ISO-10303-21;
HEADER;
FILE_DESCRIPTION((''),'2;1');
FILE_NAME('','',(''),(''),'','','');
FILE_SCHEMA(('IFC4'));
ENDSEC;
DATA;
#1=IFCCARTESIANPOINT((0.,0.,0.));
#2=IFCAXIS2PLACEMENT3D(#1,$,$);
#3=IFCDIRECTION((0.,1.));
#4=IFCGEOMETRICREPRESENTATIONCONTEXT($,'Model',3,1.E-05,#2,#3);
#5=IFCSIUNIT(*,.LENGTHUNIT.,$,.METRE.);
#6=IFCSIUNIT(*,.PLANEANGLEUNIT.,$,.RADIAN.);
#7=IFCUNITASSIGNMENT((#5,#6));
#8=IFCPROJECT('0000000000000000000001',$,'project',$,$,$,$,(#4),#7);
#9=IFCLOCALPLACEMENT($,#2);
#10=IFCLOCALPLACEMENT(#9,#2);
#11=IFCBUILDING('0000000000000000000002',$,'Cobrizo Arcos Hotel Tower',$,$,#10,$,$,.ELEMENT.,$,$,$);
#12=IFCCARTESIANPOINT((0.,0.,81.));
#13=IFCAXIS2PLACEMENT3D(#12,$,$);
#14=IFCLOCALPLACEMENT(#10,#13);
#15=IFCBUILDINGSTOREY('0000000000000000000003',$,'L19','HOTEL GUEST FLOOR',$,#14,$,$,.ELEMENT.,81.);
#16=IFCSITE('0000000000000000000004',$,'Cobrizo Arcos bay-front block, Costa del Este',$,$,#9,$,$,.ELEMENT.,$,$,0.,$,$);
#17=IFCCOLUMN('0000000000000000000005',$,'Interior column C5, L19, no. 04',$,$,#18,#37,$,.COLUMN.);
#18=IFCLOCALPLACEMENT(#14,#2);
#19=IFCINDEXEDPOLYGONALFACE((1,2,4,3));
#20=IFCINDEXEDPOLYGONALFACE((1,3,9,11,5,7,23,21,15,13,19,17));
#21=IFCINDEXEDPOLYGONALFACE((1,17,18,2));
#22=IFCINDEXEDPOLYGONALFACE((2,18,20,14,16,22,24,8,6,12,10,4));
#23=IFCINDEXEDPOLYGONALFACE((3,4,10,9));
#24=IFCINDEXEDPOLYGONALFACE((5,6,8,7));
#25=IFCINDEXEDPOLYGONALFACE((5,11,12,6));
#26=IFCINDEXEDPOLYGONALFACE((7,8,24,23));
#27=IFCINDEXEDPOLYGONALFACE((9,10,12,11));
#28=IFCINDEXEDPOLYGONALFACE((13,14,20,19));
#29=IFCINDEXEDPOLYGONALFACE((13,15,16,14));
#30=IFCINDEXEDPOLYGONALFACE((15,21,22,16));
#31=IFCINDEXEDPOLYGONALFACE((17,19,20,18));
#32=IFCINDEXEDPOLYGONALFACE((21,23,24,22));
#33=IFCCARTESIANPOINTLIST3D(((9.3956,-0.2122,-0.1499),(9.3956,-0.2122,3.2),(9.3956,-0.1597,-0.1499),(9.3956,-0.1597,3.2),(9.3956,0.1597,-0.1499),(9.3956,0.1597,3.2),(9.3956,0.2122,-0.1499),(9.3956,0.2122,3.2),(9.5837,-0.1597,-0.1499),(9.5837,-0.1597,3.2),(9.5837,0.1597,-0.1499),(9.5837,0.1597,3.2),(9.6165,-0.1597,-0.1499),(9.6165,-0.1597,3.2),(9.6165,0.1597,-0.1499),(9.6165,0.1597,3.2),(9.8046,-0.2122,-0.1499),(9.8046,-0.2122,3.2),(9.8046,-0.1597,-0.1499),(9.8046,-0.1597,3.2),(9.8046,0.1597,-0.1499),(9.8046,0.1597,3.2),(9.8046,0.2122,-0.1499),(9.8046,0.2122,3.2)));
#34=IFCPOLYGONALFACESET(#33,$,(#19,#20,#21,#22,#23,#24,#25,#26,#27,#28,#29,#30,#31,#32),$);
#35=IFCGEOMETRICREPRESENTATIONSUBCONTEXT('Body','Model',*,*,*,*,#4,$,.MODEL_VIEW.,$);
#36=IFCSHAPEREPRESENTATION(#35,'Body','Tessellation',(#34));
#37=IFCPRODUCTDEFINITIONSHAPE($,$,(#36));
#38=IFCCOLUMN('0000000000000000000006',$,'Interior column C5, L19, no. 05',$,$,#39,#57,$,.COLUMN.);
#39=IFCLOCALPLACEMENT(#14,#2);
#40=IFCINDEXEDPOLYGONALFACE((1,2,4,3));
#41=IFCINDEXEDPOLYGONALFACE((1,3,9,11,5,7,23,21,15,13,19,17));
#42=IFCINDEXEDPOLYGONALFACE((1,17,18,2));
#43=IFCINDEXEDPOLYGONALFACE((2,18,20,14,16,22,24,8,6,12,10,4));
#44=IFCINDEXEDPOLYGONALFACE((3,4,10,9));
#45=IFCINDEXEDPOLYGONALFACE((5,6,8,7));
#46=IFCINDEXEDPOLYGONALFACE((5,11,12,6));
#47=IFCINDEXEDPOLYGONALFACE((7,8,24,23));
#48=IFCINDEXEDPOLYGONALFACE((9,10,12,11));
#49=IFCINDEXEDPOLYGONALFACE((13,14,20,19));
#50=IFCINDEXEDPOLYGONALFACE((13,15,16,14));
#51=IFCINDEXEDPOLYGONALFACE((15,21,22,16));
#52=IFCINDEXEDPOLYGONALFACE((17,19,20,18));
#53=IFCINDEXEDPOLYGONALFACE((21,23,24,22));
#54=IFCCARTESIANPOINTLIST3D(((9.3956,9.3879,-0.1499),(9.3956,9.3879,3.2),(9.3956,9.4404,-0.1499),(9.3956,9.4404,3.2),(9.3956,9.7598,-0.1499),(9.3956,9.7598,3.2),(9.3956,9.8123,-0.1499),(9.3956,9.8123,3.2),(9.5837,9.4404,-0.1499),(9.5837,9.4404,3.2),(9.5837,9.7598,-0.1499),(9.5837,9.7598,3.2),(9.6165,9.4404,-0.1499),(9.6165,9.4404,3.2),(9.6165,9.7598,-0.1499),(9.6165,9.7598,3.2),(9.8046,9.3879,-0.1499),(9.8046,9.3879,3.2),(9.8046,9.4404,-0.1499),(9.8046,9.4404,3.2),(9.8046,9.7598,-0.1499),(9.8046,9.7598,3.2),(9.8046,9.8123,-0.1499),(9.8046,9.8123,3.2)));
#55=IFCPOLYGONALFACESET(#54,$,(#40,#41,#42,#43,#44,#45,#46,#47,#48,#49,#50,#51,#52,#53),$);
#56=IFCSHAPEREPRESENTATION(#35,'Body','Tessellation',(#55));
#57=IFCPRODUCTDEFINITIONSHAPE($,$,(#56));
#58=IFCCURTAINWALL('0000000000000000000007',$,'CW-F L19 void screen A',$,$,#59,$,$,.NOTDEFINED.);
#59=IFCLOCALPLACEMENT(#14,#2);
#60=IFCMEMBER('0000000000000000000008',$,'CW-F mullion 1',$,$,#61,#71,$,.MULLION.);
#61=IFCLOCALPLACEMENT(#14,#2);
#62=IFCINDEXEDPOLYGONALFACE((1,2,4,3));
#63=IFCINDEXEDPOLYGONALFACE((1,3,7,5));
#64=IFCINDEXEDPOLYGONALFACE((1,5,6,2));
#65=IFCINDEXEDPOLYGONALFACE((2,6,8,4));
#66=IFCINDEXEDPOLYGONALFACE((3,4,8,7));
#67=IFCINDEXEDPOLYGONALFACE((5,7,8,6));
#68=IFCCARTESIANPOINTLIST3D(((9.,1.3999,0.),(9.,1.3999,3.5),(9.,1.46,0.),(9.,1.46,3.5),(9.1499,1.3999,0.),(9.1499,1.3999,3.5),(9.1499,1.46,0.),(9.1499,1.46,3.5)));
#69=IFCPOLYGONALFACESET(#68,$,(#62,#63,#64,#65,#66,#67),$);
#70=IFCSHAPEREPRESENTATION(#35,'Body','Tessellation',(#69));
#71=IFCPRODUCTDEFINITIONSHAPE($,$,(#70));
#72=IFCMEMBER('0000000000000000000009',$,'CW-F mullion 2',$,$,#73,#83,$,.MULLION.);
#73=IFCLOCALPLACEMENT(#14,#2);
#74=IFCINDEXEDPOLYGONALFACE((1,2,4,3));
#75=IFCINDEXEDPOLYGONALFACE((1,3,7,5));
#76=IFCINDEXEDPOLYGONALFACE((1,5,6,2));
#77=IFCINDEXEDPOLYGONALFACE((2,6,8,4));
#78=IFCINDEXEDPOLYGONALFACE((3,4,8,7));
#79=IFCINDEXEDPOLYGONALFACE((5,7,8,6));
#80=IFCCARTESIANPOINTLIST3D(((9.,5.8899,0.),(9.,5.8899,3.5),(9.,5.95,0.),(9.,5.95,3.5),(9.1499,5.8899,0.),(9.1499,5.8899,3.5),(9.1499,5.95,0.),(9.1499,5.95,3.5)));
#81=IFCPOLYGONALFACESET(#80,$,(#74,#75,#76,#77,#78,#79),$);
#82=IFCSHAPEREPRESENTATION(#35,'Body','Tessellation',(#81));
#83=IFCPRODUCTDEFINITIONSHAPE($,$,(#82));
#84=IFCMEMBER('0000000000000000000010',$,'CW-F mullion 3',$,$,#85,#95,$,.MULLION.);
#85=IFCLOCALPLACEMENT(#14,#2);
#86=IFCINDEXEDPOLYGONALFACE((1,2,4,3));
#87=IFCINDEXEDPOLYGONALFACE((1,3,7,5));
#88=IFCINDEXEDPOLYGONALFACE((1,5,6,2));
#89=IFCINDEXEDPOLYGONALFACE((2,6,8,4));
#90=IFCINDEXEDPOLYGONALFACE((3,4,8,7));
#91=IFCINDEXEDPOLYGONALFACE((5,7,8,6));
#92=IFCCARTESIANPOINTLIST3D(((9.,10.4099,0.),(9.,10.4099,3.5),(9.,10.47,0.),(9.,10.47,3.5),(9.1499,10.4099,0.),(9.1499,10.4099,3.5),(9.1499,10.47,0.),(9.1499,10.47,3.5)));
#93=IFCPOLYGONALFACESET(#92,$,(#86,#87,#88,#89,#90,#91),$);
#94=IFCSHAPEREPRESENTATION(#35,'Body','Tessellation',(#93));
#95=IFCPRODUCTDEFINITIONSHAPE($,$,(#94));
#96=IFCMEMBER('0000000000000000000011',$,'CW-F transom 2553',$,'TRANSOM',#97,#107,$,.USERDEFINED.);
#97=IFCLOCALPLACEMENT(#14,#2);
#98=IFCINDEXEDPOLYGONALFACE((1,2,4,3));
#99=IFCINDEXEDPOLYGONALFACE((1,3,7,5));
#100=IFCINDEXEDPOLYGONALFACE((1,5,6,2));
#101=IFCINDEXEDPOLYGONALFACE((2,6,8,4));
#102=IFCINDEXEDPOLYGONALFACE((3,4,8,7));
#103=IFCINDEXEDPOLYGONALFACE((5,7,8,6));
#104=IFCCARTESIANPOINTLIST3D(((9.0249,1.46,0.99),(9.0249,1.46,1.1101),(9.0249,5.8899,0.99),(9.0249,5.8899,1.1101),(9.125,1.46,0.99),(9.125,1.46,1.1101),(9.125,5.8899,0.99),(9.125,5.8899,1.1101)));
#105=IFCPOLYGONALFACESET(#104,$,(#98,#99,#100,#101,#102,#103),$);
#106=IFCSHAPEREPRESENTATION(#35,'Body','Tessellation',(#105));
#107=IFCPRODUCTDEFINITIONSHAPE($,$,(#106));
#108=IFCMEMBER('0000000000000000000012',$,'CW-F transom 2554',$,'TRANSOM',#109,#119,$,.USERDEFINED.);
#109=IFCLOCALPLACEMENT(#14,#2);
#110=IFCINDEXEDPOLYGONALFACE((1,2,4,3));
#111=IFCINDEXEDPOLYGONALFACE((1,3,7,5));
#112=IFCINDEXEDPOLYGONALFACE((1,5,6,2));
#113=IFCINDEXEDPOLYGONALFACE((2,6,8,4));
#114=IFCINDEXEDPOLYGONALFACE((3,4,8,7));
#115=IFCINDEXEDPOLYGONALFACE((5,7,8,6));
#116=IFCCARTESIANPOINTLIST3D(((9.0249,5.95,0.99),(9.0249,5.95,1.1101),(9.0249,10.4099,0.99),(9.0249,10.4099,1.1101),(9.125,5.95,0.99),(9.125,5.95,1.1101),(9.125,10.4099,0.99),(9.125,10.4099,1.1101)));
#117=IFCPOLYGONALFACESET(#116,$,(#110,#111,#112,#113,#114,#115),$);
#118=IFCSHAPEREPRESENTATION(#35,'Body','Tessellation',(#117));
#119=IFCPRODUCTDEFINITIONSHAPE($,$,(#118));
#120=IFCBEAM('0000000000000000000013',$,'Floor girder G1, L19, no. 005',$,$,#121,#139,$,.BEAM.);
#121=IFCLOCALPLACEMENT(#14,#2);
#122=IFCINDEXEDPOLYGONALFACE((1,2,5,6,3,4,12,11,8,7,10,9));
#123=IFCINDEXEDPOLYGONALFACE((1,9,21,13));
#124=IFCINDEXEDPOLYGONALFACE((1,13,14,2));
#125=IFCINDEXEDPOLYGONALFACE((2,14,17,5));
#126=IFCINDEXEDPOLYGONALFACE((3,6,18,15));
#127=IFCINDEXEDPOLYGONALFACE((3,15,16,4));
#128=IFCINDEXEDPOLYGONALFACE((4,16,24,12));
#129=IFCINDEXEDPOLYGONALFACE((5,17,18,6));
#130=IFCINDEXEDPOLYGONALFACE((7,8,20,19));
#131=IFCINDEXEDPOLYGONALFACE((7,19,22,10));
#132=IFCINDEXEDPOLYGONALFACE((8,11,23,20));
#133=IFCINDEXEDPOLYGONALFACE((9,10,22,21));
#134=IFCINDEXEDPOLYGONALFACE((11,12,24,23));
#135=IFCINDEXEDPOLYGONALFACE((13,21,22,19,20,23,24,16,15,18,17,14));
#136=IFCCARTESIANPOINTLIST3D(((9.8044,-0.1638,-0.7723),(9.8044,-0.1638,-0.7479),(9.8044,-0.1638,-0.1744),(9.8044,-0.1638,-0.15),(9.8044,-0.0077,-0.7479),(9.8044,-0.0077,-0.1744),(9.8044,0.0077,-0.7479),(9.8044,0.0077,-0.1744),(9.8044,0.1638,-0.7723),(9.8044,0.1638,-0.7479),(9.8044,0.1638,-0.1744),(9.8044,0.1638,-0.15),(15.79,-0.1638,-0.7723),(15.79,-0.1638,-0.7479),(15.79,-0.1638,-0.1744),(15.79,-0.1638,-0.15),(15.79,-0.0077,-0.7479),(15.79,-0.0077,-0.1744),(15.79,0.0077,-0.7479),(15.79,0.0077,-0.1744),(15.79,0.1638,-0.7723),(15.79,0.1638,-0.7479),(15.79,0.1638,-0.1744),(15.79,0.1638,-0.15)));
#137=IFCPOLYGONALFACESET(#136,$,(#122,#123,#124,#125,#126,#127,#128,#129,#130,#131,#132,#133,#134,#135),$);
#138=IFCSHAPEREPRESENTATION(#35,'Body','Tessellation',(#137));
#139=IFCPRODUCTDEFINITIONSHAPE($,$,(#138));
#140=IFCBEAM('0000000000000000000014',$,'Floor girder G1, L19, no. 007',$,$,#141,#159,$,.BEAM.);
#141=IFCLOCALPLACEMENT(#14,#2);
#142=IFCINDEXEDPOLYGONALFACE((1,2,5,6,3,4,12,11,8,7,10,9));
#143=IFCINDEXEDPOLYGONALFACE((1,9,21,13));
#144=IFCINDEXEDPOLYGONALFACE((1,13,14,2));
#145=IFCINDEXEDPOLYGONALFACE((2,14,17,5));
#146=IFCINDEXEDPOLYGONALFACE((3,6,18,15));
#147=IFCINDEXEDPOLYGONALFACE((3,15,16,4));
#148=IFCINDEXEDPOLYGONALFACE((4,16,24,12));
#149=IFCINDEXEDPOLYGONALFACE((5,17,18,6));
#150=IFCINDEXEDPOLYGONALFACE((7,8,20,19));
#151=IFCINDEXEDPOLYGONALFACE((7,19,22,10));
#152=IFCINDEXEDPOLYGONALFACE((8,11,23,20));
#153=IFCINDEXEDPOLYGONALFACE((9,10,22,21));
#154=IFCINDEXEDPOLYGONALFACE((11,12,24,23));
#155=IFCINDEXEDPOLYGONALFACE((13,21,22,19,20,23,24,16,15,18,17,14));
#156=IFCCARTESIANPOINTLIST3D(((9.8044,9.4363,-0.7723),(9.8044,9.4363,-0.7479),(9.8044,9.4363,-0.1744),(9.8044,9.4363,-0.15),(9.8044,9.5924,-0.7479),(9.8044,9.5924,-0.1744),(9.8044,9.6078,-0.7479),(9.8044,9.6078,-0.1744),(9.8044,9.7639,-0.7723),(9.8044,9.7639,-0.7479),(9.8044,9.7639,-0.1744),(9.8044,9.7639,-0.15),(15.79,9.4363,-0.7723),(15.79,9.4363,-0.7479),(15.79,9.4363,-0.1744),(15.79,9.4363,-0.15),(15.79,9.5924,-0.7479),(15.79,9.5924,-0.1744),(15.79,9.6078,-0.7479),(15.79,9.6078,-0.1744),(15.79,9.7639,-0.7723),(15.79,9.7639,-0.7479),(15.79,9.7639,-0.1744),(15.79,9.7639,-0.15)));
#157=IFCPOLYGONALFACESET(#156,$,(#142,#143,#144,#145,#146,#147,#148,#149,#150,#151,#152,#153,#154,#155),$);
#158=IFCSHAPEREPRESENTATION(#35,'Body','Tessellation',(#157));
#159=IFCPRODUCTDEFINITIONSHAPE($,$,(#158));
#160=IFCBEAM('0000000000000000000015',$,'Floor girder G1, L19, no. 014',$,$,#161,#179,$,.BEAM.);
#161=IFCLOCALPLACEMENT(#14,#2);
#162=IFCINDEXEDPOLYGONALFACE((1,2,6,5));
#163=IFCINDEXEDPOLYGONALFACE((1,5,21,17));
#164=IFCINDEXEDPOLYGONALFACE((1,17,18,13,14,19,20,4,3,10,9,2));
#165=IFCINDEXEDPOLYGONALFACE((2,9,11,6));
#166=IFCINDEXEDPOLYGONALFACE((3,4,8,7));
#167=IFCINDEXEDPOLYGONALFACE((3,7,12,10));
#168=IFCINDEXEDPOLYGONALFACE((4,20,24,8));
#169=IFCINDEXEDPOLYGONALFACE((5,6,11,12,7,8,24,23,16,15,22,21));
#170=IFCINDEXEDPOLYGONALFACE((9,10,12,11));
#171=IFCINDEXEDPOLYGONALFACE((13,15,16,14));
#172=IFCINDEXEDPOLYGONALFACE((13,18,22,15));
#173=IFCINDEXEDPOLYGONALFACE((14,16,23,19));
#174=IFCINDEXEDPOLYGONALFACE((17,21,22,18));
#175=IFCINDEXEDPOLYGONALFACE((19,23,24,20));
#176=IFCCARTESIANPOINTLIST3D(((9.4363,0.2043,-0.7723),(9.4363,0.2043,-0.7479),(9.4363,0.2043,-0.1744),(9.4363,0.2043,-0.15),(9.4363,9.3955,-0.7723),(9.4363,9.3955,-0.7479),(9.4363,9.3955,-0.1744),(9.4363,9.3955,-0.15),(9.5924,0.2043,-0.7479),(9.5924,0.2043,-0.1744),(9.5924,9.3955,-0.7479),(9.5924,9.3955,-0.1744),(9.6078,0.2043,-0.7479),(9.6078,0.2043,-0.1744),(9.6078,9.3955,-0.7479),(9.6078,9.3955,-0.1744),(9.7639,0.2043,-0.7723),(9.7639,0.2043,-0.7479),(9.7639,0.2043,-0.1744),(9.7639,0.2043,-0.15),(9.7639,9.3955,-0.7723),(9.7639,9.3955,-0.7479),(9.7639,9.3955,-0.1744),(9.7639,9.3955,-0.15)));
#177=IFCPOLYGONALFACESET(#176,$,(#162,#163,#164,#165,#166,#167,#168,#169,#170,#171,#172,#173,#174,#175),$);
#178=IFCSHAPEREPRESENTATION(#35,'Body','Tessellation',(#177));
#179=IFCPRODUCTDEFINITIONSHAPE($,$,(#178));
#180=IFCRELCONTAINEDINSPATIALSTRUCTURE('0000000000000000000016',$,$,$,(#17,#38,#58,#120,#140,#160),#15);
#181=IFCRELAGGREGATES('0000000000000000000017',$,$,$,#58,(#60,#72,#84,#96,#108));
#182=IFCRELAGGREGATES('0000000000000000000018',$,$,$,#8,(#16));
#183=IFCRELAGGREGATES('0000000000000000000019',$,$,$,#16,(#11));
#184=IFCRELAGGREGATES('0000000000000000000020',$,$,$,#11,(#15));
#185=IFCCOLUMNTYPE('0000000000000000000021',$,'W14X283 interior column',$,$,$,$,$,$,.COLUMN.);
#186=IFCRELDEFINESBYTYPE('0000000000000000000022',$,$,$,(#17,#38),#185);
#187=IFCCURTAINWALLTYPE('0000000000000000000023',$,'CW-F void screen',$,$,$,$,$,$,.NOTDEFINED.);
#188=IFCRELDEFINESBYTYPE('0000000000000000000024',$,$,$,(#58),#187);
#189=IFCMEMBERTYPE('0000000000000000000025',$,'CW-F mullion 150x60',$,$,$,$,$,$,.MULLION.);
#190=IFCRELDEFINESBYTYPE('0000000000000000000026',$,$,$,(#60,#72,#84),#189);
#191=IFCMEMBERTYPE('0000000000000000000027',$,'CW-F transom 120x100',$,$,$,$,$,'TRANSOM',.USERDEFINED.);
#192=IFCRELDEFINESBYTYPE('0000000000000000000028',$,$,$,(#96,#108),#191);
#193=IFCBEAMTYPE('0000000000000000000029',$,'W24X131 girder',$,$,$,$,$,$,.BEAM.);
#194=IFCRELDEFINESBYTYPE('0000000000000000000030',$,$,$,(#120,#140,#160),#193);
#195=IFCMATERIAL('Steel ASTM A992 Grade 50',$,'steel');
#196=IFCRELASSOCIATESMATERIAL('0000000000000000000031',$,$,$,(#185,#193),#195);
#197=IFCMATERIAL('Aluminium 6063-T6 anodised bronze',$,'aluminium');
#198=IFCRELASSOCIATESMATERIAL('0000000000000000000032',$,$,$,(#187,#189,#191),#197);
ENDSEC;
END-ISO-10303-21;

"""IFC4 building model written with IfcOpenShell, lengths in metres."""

from ifc_helpers import new_model, si_unit, direction, frame, origin, origin_2d, place, context, subcontext, project, spatial, rectangle, i_section, extrude, material, material_profile, profile_set, type_object, element, aggregate, save


model = new_model("IFC4")

# Units and contexts
model_context = context("Model", 3, precision=1e-05, world=origin(), true_north=direction((0.0, 1.0)))
body_context = subcontext(model_context, "Body", "Model", "MODEL_VIEW")
ifc_project = project(units=[si_unit("LENGTHUNIT", "METRE"), si_unit("PLANEANGLEUNIT", "RADIAN")], contexts=[model_context])

# Site, building, storey
site_placement = place(None, origin())
site = spatial("IfcSite", under=ifc_project, at=site_placement, Name="Cobrizo Arcos bay-front block, Costa del Este", CompositionType="ELEMENT", RefElevation=0.0)
building_placement = place(site_placement, origin())
building = spatial("IfcBuilding", under=site, at=building_placement, Name="Cobrizo Arcos Hotel Tower", CompositionType="ELEMENT")
storey_placement = place(building_placement, frame((0.0, 0.0, 81.0)))
storey = spatial("IfcBuildingStorey", under=building, at=storey_placement, Name="L19", Description="HOTEL GUEST FLOOR", CompositionType="ELEMENT", Elevation=81.0)

# Columns
ifc_material_1 = material(Name="Steel ASTM A992 Grade 50", Category="steel")
ifc_material_profile_1 = material_profile(ifc_material_1, i_section(OverallWidth=0.4089, OverallDepth=0.4243, WebThickness=0.0327, FlangeThickness=0.0525, at=origin_2d()), Name="W14X283")
ifc_profile_set_1 = profile_set([ifc_material_profile_1], Name="Steel ASTM A992 Grade 50")
column_type = type_object("IfcColumnType", Name="W14X283 interior column", PredefinedType="COLUMN", material=ifc_profile_set_1)
for number, where, z_axis, x_axis, name in (
    (1, (9.6001, 0.0, -0.1499), (0.0, 0.0, 1.0), (1.0, 0.0, 0.0), "Interior column C5, L19, no. 04"),
    (2, (9.6001, 9.6001, -0.1499), (0.0, 0.0, 1.0), (1.0, 0.0, 0.0), "Interior column C5, L19, no. 05"),
):
    element("IfcColumn", number, at=place(storey_placement, frame(where, z_axis=z_axis, x_axis=x_axis)), inside=storey, type_object=column_type, Name=name, PredefinedType="COLUMN", context=body_context, shape_type="SweptSolid", body=[
        extrude(i_section(OverallWidth=0.4089, OverallDepth=0.4243, WebThickness=0.0327, FlangeThickness=0.0525, at=origin_2d()), origin(), (0.0, 0.0, 1.0), 3.3499),
    ])

# Curtain wall, members
ifc_material_2 = material(Name="Aluminium 6063-T6 anodised bronze", Category="aluminium")
curtain_wall_type = type_object("IfcCurtainWallType", Name="CW-F void screen", PredefinedType="NOTDEFINED", material=ifc_material_2)
curtain_wall_placement = place(storey_placement, origin())
curtain_wall = element("IfcCurtainWall", 3, at=curtain_wall_placement, inside=storey, type_object=curtain_wall_type, Name="CW-F L19 void screen A", PredefinedType="NOTDEFINED")
ifc_material_profile_2 = material_profile(ifc_material_2, rectangle(XDim=0.1499, YDim=0.0601, at=origin_2d()), Name="CW-F mullion 150x60")
ifc_profile_set_2 = profile_set([ifc_material_profile_2], Name="Aluminium 6063-T6 anodised bronze")
member_type_1 = type_object("IfcMemberType", Name="CW-F mullion 150x60", PredefinedType="MULLION", material=ifc_profile_set_2)
member_1_placement = place(storey_placement, frame((9.075, 1.4299, 0.0), z_axis=(0.0, 0.0, 1.0), x_axis=(1.0, 0.0, 0.0)))
member_1 = element("IfcMember", 4, at=member_1_placement, type_object=member_type_1, Name="CW-F mullion 1", PredefinedType="MULLION", context=body_context, shape_type="SweptSolid", body=[
    extrude(rectangle(XDim=0.1499, YDim=0.0601, at=origin_2d()), origin(), (0.0, 0.0, 1.0), 3.5),
])
member_2_placement = place(storey_placement, frame((9.075, 5.9199, 0.0), z_axis=(0.0, 0.0, 1.0), x_axis=(1.0, 0.0, 0.0)))
member_2 = element("IfcMember", 5, at=member_2_placement, type_object=member_type_1, Name="CW-F mullion 2", PredefinedType="MULLION", context=body_context, shape_type="SweptSolid", body=[
    extrude(rectangle(XDim=0.1499, YDim=0.0601, at=origin_2d()), origin(), (0.0, 0.0, 1.0), 3.5),
])
member_3_placement = place(storey_placement, frame((9.075, 10.4399, 0.0), z_axis=(0.0, 0.0, 1.0), x_axis=(1.0, 0.0, 0.0)))
member_3 = element("IfcMember", 6, at=member_3_placement, type_object=member_type_1, Name="CW-F mullion 3", PredefinedType="MULLION", context=body_context, shape_type="SweptSolid", body=[
    extrude(rectangle(XDim=0.1499, YDim=0.0601, at=origin_2d()), origin(), (0.0, 0.0, 1.0), 3.5),
])
ifc_material_profile_3 = material_profile(ifc_material_2, rectangle(XDim=0.1001, YDim=0.1201, at=origin_2d()), Name="CW-F transom 120x100")
ifc_profile_set_3 = profile_set([ifc_material_profile_3], Name="Aluminium 6063-T6 anodised bronze")
member_type_2 = type_object("IfcMemberType", Name="CW-F transom 120x100", ElementType="TRANSOM", PredefinedType="USERDEFINED", material=ifc_profile_set_3)
member_4_placement = place(storey_placement, frame((9.075, 1.46, 1.05), z_axis=(0.0, 1.0, 0.0), x_axis=(-1.0, 0.0, 0.0)))
member_4 = element("IfcMember", 7, at=member_4_placement, type_object=member_type_2, Name="CW-F transom 2553", ObjectType="TRANSOM", PredefinedType="USERDEFINED", context=body_context, shape_type="SweptSolid", body=[
    extrude(rectangle(XDim=0.1001, YDim=0.1201, at=origin_2d()), origin(), (0.0, 0.0, 1.0), 4.4299),
])
member_5_placement = place(storey_placement, frame((9.075, 5.95, 1.05), z_axis=(0.0, 1.0, 0.0), x_axis=(-1.0, 0.0, 0.0)))
member_5 = element("IfcMember", 8, at=member_5_placement, type_object=member_type_2, Name="CW-F transom 2554", ObjectType="TRANSOM", PredefinedType="USERDEFINED", context=body_context, shape_type="SweptSolid", body=[
    extrude(rectangle(XDim=0.1001, YDim=0.1201, at=origin_2d()), origin(), (0.0, 0.0, 1.0), 4.46),
])

# Beams
ifc_material_profile_4 = material_profile(ifc_material_1, i_section(OverallWidth=0.3276, OverallDepth=0.6223, WebThickness=0.0154, FlangeThickness=0.0244, at=origin_2d()), Name="W24X131")
ifc_profile_set_4 = profile_set([ifc_material_profile_4], Name="Steel ASTM A992 Grade 50")
beam_type_1 = type_object("IfcBeamType", Name="W24X131 girder", PredefinedType="BEAM", material=ifc_profile_set_4)
for number, where, z_axis, x_axis, name in (
    (9, (9.8044, 0.0, -0.4612), (1.0, 0.0, 0.0), (0.0, 1.0, 0.0), "Floor girder G1, L19, no. 005"),
    (10, (9.8044, 9.6001, -0.4612), (1.0, 0.0, 0.0), (0.0, 1.0, 0.0), "Floor girder G1, L19, no. 007"),
):
    element("IfcBeam", number, at=place(storey_placement, frame(where, z_axis=z_axis, x_axis=x_axis)), inside=storey, type_object=beam_type_1, Name=name, PredefinedType="BEAM", context=body_context, shape_type="SweptSolid", body=[
        extrude(i_section(OverallWidth=0.3276, OverallDepth=0.6223, WebThickness=0.0154, FlangeThickness=0.0244, at=origin_2d()), origin(), (0.0, 0.0, 1.0), 5.9856),
    ])
beam_1_placement = place(storey_placement, frame((9.6001, 0.2043, -0.4612), z_axis=(0.0, 1.0, 0.0), x_axis=(-1.0, 0.0, 0.0)))
element("IfcBeam", 11, at=beam_1_placement, inside=storey, type_object=beam_type_1, Name="Floor girder G1, L19, no. 014", PredefinedType="BEAM", context=body_context, shape_type="SweptSolid", body=[
    extrude(i_section(OverallWidth=0.3276, OverallDepth=0.6223, WebThickness=0.0154, FlangeThickness=0.0244, at=origin_2d()), origin(), (0.0, 0.0, 1.0), 9.1912),
])

aggregate(curtain_wall, [member_1, member_2, member_3, member_4, member_5])

save(model, "model.ifc")
